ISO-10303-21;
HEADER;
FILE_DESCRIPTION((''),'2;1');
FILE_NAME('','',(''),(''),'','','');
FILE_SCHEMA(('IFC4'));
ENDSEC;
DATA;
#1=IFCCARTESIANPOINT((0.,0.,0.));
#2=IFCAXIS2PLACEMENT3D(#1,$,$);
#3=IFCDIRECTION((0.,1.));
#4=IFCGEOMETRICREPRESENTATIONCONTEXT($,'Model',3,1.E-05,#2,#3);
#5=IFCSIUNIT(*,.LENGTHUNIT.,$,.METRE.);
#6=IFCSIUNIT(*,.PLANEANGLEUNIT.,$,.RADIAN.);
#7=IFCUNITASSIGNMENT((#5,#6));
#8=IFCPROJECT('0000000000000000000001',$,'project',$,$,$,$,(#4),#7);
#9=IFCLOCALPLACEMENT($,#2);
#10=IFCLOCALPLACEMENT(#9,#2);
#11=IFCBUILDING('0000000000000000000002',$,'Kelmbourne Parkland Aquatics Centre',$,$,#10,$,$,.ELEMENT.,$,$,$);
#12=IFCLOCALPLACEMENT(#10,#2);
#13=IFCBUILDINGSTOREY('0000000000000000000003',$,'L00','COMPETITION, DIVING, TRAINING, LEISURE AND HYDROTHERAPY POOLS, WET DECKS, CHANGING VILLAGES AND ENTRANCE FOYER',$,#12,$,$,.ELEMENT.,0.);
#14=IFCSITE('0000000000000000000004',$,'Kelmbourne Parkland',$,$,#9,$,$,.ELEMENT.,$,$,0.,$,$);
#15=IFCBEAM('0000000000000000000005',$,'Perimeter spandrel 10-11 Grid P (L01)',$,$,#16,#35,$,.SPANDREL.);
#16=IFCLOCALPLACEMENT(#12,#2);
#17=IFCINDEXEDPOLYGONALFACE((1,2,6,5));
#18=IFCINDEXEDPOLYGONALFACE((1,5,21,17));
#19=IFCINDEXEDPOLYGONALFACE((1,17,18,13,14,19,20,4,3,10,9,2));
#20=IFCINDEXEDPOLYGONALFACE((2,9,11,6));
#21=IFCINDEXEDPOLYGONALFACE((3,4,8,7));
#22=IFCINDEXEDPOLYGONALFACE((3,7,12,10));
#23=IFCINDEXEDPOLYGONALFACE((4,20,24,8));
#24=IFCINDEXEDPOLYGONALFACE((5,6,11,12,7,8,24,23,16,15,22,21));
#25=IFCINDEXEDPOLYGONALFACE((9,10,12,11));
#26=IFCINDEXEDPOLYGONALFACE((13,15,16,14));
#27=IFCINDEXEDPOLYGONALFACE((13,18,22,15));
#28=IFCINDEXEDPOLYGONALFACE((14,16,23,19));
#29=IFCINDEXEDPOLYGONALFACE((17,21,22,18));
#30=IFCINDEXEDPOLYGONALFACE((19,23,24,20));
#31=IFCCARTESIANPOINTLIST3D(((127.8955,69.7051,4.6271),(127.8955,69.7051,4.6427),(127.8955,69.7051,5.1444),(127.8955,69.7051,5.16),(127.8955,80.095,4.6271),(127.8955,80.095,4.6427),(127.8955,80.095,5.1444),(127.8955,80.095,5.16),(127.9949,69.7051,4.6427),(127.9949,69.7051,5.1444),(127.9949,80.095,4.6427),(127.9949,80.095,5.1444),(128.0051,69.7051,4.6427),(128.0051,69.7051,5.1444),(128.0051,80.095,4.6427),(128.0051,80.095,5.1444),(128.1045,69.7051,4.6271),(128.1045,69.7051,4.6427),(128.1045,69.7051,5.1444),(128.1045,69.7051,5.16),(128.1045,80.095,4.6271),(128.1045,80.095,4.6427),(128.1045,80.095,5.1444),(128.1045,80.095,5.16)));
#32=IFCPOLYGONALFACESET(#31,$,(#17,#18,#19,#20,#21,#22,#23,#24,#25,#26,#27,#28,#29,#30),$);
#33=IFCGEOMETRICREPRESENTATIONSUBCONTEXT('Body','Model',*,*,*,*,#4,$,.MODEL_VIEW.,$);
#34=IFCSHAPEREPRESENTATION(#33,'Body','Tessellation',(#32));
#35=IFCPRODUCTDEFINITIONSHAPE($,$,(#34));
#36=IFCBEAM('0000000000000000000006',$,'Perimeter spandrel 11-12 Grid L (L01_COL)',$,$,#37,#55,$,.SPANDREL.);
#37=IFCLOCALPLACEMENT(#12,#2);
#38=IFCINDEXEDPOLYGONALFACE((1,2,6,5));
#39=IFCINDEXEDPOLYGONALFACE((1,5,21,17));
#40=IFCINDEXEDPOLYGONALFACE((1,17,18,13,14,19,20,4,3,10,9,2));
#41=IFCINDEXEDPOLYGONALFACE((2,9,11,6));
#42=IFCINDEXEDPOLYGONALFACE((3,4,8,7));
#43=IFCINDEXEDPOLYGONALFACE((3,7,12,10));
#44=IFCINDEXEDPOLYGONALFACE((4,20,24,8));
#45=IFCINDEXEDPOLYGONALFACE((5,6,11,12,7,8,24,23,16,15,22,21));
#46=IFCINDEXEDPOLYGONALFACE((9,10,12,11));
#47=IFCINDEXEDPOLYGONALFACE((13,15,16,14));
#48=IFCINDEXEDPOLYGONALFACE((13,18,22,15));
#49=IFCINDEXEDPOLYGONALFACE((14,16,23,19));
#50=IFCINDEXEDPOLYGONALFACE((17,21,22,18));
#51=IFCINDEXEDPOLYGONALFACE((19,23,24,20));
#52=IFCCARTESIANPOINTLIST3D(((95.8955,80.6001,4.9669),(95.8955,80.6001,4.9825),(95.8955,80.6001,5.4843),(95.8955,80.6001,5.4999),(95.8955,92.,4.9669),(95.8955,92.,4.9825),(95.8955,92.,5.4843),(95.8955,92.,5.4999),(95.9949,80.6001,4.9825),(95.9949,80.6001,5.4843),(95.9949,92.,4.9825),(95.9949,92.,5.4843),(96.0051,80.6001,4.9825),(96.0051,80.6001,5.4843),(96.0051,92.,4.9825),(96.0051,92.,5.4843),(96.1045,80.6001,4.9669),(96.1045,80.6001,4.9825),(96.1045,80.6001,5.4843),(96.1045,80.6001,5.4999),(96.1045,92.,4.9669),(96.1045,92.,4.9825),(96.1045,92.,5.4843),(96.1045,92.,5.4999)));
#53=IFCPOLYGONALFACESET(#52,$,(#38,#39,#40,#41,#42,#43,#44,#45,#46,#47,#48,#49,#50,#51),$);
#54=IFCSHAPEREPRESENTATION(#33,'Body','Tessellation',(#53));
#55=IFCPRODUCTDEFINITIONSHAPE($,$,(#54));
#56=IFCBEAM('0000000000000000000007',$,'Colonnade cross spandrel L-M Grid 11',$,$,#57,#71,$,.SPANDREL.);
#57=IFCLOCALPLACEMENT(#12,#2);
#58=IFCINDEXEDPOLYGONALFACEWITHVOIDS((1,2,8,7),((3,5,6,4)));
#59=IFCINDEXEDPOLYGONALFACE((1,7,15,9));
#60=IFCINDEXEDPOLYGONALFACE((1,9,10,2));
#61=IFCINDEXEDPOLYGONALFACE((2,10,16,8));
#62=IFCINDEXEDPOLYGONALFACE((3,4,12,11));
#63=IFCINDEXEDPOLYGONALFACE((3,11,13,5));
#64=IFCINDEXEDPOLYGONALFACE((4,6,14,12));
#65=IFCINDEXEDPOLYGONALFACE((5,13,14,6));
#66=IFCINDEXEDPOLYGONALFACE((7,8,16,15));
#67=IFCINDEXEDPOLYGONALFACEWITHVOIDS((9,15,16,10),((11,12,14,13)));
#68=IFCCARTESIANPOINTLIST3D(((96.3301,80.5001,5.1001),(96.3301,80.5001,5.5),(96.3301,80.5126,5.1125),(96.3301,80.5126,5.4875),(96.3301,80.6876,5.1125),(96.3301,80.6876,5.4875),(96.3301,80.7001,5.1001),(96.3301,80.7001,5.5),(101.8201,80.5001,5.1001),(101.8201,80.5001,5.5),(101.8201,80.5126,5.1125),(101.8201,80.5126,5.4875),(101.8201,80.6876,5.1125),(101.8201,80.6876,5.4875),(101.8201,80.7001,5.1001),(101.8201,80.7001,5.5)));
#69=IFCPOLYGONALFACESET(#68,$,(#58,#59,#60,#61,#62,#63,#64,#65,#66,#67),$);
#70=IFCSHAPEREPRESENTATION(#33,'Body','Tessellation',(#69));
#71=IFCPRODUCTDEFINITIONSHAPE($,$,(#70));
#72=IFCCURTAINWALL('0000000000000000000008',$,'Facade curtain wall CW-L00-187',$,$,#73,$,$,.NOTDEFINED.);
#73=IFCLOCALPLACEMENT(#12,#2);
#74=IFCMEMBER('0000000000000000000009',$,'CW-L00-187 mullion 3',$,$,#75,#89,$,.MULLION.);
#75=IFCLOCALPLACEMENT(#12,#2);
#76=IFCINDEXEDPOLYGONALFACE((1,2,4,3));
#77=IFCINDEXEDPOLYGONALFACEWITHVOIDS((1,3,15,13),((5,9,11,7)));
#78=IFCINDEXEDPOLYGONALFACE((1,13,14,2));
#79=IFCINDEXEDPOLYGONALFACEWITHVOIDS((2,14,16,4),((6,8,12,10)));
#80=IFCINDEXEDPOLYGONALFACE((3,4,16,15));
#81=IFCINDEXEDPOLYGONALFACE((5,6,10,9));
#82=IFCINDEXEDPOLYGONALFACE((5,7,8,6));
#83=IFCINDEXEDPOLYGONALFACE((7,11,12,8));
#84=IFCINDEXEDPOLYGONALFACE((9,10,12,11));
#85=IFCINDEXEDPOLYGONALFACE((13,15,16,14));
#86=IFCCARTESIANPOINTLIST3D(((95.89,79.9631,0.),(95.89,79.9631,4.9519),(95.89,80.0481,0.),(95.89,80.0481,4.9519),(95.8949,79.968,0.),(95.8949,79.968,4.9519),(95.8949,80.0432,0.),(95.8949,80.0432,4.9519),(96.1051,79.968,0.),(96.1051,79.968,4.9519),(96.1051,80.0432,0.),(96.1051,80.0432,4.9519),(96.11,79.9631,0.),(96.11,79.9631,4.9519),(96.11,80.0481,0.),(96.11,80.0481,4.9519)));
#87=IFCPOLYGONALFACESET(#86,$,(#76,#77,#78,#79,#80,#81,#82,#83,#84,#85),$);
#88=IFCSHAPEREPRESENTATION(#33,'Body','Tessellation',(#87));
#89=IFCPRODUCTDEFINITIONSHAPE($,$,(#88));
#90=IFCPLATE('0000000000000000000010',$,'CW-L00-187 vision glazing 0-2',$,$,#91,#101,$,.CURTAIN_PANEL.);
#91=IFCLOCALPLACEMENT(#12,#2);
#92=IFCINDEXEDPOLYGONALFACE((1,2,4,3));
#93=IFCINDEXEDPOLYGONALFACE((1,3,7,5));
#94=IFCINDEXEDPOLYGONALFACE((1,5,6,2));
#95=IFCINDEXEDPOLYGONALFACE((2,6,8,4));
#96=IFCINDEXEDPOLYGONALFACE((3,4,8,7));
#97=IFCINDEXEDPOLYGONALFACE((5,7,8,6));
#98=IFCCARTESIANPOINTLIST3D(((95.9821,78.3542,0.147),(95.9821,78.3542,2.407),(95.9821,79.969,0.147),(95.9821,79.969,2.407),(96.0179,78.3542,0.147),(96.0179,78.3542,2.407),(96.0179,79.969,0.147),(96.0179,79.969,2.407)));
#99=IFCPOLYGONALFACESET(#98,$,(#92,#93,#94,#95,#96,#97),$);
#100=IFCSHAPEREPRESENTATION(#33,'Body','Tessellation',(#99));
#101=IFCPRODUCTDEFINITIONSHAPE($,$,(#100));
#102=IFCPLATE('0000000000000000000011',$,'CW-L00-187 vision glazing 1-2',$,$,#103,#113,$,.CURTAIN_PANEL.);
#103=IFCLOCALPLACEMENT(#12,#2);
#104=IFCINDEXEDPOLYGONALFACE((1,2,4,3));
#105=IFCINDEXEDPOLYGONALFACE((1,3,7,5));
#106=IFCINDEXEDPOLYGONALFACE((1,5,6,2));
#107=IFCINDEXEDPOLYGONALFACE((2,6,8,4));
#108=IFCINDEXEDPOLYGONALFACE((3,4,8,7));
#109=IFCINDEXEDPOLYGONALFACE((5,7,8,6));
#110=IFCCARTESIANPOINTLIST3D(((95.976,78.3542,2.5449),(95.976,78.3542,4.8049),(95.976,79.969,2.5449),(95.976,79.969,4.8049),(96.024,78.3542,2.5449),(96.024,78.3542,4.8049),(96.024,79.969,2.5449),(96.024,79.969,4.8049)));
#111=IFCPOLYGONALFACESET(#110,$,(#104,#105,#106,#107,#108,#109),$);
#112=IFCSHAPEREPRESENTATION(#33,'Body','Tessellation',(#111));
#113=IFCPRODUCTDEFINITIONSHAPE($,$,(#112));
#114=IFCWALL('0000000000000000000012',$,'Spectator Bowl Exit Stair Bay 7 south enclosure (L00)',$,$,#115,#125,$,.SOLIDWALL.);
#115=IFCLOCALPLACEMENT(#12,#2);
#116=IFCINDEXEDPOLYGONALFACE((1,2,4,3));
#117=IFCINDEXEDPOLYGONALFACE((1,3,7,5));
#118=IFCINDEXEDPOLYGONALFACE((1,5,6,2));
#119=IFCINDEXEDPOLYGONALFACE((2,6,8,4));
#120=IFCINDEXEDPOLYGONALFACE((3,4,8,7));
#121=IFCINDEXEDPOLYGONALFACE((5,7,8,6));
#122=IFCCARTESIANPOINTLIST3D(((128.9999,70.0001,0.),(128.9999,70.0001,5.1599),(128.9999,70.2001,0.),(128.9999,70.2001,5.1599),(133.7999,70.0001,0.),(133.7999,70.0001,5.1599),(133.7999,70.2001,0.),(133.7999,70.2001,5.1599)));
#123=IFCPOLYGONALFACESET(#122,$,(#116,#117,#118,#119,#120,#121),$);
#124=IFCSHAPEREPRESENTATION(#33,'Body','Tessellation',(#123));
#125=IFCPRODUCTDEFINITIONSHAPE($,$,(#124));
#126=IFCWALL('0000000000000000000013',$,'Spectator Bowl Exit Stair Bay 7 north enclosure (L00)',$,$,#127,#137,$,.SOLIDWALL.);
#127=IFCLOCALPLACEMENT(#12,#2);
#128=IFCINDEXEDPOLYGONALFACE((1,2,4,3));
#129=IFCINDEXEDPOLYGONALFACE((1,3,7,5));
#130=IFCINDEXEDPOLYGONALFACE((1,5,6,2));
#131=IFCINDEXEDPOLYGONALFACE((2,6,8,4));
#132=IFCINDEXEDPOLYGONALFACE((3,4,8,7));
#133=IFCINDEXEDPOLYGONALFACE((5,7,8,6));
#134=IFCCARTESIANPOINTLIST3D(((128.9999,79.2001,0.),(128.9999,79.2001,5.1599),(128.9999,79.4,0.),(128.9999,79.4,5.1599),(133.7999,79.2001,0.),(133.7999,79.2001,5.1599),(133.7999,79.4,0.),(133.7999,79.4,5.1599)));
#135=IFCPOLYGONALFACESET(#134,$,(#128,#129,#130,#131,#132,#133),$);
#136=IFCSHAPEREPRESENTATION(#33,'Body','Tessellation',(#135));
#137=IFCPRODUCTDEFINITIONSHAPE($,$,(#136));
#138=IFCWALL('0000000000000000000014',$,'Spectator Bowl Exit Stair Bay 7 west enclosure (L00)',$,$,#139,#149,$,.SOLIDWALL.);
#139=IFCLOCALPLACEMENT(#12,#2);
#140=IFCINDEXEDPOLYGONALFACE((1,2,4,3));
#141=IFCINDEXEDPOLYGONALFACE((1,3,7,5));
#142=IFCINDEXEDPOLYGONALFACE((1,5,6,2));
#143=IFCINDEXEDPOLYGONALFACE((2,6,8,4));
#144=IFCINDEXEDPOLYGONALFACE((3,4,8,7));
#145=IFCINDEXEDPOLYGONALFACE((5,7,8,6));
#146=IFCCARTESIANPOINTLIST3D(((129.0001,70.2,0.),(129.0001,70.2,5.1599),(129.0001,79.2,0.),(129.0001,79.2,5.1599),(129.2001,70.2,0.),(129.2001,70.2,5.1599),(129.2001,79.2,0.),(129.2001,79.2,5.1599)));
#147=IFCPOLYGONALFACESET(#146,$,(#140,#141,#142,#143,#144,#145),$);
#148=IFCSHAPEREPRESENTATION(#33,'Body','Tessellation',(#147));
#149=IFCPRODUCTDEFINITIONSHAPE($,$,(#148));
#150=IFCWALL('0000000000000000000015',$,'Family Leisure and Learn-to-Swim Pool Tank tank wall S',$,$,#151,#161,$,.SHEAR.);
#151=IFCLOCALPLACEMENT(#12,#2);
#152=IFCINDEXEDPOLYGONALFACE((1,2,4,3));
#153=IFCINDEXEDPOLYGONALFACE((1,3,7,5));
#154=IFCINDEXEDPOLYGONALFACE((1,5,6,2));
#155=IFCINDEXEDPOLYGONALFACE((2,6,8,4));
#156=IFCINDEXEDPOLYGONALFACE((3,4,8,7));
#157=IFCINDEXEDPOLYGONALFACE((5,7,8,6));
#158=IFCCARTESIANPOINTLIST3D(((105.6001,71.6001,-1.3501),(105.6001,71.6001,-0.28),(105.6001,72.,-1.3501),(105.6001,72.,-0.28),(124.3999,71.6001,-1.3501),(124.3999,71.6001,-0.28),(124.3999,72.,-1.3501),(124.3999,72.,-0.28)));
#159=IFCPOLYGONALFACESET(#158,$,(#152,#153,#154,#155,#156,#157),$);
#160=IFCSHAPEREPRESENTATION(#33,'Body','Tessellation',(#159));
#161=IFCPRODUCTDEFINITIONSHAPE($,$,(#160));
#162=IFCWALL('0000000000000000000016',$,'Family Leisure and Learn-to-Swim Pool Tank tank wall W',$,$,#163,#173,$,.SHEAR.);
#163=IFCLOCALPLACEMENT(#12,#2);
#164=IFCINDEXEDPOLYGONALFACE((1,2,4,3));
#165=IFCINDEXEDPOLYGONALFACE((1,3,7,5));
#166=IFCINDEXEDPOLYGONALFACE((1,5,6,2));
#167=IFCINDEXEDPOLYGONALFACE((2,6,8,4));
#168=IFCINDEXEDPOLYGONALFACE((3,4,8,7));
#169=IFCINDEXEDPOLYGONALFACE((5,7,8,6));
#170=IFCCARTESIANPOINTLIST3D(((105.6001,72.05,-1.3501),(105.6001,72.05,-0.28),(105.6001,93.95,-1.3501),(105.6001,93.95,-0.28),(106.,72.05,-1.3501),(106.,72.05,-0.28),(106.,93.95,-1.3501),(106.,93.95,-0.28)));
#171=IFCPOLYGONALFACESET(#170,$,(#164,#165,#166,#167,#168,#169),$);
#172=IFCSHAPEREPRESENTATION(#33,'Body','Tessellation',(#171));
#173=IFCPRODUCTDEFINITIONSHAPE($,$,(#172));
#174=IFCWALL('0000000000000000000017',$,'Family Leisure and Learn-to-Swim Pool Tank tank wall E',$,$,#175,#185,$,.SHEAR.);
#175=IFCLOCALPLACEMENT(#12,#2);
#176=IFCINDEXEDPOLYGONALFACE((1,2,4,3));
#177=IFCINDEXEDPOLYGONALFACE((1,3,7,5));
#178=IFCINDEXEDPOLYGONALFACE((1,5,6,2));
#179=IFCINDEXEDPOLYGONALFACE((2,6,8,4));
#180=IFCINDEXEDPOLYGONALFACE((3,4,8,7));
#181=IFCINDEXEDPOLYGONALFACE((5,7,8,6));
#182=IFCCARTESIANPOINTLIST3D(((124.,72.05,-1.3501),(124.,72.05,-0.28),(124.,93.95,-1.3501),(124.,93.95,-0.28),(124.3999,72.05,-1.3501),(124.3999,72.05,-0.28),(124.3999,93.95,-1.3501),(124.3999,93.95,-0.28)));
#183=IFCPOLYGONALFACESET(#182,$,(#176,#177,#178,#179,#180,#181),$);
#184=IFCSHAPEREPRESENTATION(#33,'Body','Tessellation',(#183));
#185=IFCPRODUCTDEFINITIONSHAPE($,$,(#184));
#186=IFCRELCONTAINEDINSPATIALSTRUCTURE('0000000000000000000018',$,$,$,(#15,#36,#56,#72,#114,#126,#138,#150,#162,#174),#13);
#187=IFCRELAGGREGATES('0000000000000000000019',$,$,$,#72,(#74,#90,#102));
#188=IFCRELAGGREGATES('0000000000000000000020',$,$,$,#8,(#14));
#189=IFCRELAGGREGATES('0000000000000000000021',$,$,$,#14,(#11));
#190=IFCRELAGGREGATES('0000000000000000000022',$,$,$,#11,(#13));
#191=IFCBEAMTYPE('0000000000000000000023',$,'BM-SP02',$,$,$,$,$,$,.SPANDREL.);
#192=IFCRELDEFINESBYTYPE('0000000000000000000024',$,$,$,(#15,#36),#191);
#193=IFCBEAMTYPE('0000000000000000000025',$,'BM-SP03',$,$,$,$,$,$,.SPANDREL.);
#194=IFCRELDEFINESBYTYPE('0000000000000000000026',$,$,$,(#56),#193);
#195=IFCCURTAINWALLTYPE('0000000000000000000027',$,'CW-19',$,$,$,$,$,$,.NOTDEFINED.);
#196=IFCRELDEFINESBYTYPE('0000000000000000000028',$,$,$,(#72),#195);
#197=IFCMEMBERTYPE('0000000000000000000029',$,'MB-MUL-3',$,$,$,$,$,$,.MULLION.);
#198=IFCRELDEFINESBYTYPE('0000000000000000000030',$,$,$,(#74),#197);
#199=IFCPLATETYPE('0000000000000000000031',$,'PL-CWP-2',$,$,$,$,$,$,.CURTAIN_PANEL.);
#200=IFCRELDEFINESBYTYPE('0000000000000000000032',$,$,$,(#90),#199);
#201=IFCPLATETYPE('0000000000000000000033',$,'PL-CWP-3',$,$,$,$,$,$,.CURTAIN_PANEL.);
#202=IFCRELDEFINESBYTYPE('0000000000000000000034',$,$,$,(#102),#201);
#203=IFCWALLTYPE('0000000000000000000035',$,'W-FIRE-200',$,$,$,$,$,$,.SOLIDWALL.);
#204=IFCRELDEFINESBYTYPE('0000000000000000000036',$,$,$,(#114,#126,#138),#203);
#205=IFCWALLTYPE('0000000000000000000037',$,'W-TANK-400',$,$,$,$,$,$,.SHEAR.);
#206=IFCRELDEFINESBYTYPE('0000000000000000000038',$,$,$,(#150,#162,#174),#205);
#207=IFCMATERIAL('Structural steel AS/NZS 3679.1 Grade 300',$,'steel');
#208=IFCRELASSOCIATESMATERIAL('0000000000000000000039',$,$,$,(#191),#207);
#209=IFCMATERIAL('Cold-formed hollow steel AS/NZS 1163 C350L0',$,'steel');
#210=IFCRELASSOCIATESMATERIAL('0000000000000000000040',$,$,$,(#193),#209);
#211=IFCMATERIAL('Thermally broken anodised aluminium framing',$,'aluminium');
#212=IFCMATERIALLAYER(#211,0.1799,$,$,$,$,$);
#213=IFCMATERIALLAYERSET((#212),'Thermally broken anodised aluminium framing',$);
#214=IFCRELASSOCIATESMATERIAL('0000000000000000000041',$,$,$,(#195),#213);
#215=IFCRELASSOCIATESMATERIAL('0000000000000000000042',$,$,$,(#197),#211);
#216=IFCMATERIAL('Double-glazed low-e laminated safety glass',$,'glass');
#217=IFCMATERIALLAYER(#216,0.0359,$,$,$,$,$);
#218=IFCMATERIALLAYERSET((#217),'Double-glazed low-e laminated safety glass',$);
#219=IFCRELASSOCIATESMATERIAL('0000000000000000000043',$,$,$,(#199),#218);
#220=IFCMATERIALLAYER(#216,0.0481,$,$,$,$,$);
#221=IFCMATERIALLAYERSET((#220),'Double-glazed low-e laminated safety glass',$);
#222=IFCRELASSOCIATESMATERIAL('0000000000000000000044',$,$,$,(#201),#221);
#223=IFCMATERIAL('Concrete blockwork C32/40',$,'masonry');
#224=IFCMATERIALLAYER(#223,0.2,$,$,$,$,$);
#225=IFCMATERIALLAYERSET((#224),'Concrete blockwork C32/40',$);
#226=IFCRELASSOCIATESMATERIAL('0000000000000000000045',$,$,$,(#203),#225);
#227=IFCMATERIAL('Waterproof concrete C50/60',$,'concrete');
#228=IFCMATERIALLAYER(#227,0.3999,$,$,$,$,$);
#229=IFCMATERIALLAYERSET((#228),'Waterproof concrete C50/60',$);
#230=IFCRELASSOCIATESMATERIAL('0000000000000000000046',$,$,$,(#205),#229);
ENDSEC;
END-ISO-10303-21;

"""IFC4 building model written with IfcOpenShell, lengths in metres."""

from ifc_helpers import new_model, si_unit, direction, frame, frame_2d, origin, origin_2d, place, context, subcontext, project, spatial, rectangle, hollow_rectangle, i_section, extrude, material, layer, layer_set, material_profile, profile_set, type_object, element, aggregate, save


model = new_model("IFC4")

# Units and contexts
model_context = context("Model", 3, precision=1e-05, world=origin(), true_north=direction((0.0, 1.0)))
body_context = subcontext(model_context, "Body", "Model", "MODEL_VIEW")
ifc_project = project(units=[si_unit("LENGTHUNIT", "METRE"), si_unit("PLANEANGLEUNIT", "RADIAN")], contexts=[model_context])

# Site, building, storey
site_placement = place(None, origin())
site = spatial("IfcSite", under=ifc_project, at=site_placement, Name="Kelmbourne Parkland", CompositionType="ELEMENT", RefElevation=0.0)
building_placement = place(site_placement, origin())
building = spatial("IfcBuilding", under=site, at=building_placement, Name="Kelmbourne Parkland Aquatics Centre", CompositionType="ELEMENT")
storey_placement = place(building_placement, origin())
storey = spatial("IfcBuildingStorey", under=building, at=storey_placement, Name="L00", Description="COMPETITION, DIVING, TRAINING, LEISURE AND HYDROTHERAPY POOLS, WET DECKS, CHANGING VILLAGES AND ENTRANCE FOYER", CompositionType="ELEMENT", Elevation=0.0)

# Shared definitions
ifc_material_1 = material(Name="Cold-formed hollow steel AS/NZS 1163 C350L0", Category="steel")

# Beams
ifc_material_2 = material(Name="Structural steel AS/NZS 3679.1 Grade 300", Category="steel")
ifc_material_profile_1 = material_profile(ifc_material_2, i_section(OverallWidth=0.209, OverallDepth=0.533, WebThickness=0.0103, FlangeThickness=0.0156, at=origin_2d()), Name="530UB92.4")
ifc_profile_set_1 = profile_set([ifc_material_profile_1], Name="Structural steel AS/NZS 3679.1 Grade 300")
beam_type_1 = type_object("IfcBeamType", Name="BM-SP02", PredefinedType="SPANDREL", material=ifc_profile_set_1)
beam_1_placement = place(storey_placement, frame((128.0, 69.7051, 4.8936), z_axis=(0.0, 1.0, 0.0), x_axis=(-1.0, 0.0, 0.0)))
element("IfcBeam", 1, at=beam_1_placement, inside=storey, type_object=beam_type_1, Name="Perimeter spandrel 10-11 Grid P (L01)", PredefinedType="SPANDREL", context=body_context, shape_type="SweptSolid", body=[
    extrude(i_section(OverallWidth=0.209, OverallDepth=0.533, WebThickness=0.0103, FlangeThickness=0.0156, at=origin_2d()), origin(), (0.0, 0.0, 1.0), 10.3899),
])
beam_2_placement = place(storey_placement, frame((96.0, 80.6001, 5.2334), z_axis=(0.0, 1.0, 0.0), x_axis=(-1.0, 0.0, 0.0)))
element("IfcBeam", 2, at=beam_2_placement, inside=storey, type_object=beam_type_1, Name="Perimeter spandrel 11-12 Grid L (L01_COL)", PredefinedType="SPANDREL", context=body_context, shape_type="SweptSolid", body=[
    extrude(i_section(OverallWidth=0.209, OverallDepth=0.533, WebThickness=0.0103, FlangeThickness=0.0156, at=origin_2d()), origin(), (0.0, 0.0, 1.0), 11.3999),
])
ifc_material_profile_2 = material_profile(ifc_material_1, hollow_rectangle(XDim=0.2, YDim=0.3999, WallThickness=0.0125, at=origin_2d()), Name="RHS 400x200x12.5")
ifc_profile_set_2 = profile_set([ifc_material_profile_2], Name="Cold-formed hollow steel AS/NZS 1163 C350L0")
beam_type_2 = type_object("IfcBeamType", Name="BM-SP03", PredefinedType="SPANDREL", material=ifc_profile_set_2)
beam_3_placement = place(storey_placement, frame((96.3301, 80.6001, 5.3), z_axis=(1.0, 0.0, 0.0), x_axis=(0.0, 1.0, 0.0)))
element("IfcBeam", 3, at=beam_3_placement, inside=storey, type_object=beam_type_2, Name="Colonnade cross spandrel L-M Grid 11", PredefinedType="SPANDREL", context=body_context, shape_type="SweptSolid", body=[
    extrude(hollow_rectangle(XDim=0.2, YDim=0.3999, WallThickness=0.0125, at=origin_2d()), origin(), (0.0, 0.0, 1.0), 5.49),
])

# Curtain wall, member, plates
ifc_material_3 = material(Name="Thermally broken anodised aluminium framing", Category="aluminium")
ifc_layer_1 = layer(ifc_material_3, 0.1799)
ifc_layer_set_1 = layer_set([ifc_layer_1], Name="Thermally broken anodised aluminium framing")
curtain_wall_type = type_object("IfcCurtainWallType", Name="CW-19", PredefinedType="NOTDEFINED", material=ifc_layer_set_1)
curtain_wall_placement = place(storey_placement, origin())
curtain_wall = element("IfcCurtainWall", 4, at=curtain_wall_placement, inside=storey, type_object=curtain_wall_type, Name="Facade curtain wall CW-L00-187", PredefinedType="NOTDEFINED")
ifc_material_profile_3 = material_profile(ifc_material_3, hollow_rectangle(XDim=0.085, YDim=0.22, WallThickness=0.0049, at=origin_2d()), Name="CW-M 85x220")
ifc_profile_set_3 = profile_set([ifc_material_profile_3], Name="Thermally broken anodised aluminium framing")
member_type = type_object("IfcMemberType", Name="MB-MUL-3", PredefinedType="MULLION", material=ifc_profile_set_3)
member_placement = place(storey_placement, frame((96.0, 80.0056, 0.0), z_axis=(0.0, 0.0, 1.0), x_axis=(0.0, 1.0, 0.0)))
member = element("IfcMember", 5, at=member_placement, type_object=member_type, Name="CW-L00-187 mullion 3", PredefinedType="MULLION", context=body_context, shape_type="SweptSolid", body=[
    extrude(hollow_rectangle(XDim=0.085, YDim=0.22, WallThickness=0.0049, at=origin_2d()), origin(), (0.0, 0.0, 1.0), 4.9519),
])
ifc_material_4 = material(Name="Double-glazed low-e laminated safety glass", Category="glass")
ifc_layer_2 = layer(ifc_material_4, 0.0359)
ifc_layer_set_2 = layer_set([ifc_layer_2], Name="Double-glazed low-e laminated safety glass")
plate_type_1 = type_object("IfcPlateType", Name="PL-CWP-2", PredefinedType="CURTAIN_PANEL", material=ifc_layer_set_2)
plate_1_placement = place(storey_placement, frame((96.0, 79.1616, 0.147), z_axis=(0.0, 0.0, 1.0), x_axis=(0.0, 1.0, 0.0)))
plate_1 = element("IfcPlate", 6, at=plate_1_placement, type_object=plate_type_1, Name="CW-L00-187 vision glazing 0-2", PredefinedType="CURTAIN_PANEL", context=body_context, shape_type="SweptSolid", body=[
    extrude(rectangle(XDim=1.6147, YDim=0.0359, at=origin_2d()), origin(), (0.0, 0.0, 1.0), 2.26),
])
ifc_layer_3 = layer(ifc_material_4, 0.0481)
ifc_layer_set_3 = layer_set([ifc_layer_3], Name="Double-glazed low-e laminated safety glass")
plate_type_2 = type_object("IfcPlateType", Name="PL-CWP-3", PredefinedType="CURTAIN_PANEL", material=ifc_layer_set_3)
plate_2_placement = place(storey_placement, frame((96.0, 79.1616, 2.5449), z_axis=(0.0, 0.0, 1.0), x_axis=(0.0, 1.0, 0.0)))
plate_2 = element("IfcPlate", 7, at=plate_2_placement, type_object=plate_type_2, Name="CW-L00-187 vision glazing 1-2", PredefinedType="CURTAIN_PANEL", context=body_context, shape_type="SweptSolid", body=[
    extrude(rectangle(XDim=1.6147, YDim=0.0481, at=origin_2d()), origin(), (0.0, 0.0, 1.0), 2.26),
])
aggregate(curtain_wall, [member, plate_1, plate_2])

# Walls
ifc_material_5 = material(Name="Concrete blockwork C32/40", Category="masonry")
ifc_layer_4 = layer(ifc_material_5, 0.2)
ifc_layer_set_4 = layer_set([ifc_layer_4], Name="Concrete blockwork C32/40")
wall_type_1 = type_object("IfcWallType", Name="W-FIRE-200", PredefinedType="SOLIDWALL", material=ifc_layer_set_4)
for number, where, z_axis, x_axis, name in (
    (8, (129.0, 70.1001, 0.0), (0.0, 0.0, 1.0), (1.0, 0.0, 0.0), "Spectator Bowl Exit Stair Bay 7 south enclosure (L00)"),
    (9, (129.0, 79.3, 0.0), (0.0, 0.0, 1.0), (1.0, 0.0, 0.0), "Spectator Bowl Exit Stair Bay 7 north enclosure (L00)"),
):
    element("IfcWall", number, at=place(storey_placement, frame(where, z_axis=z_axis, x_axis=x_axis)), inside=storey, type_object=wall_type_1, Name=name, PredefinedType="SOLIDWALL", context=body_context, shape_type="SweptSolid", body=[
        extrude(rectangle(XDim=4.8, YDim=0.2, at=frame_2d((2.3999, 0.0))), origin(), (0.0, 0.0, 1.0), 5.1599),
    ])
wall_1_placement = place(storey_placement, frame((129.1001, 70.2, 0.0), z_axis=(0.0, 0.0, 1.0), x_axis=(0.0, 1.0, 0.0)))
element("IfcWall", 10, at=wall_1_placement, inside=storey, type_object=wall_type_1, Name="Spectator Bowl Exit Stair Bay 7 west enclosure (L00)", PredefinedType="SOLIDWALL", context=body_context, shape_type="SweptSolid", body=[
    extrude(rectangle(XDim=9.0, YDim=0.2, at=frame_2d((4.5, 0.0))), origin(), (0.0, 0.0, 1.0), 5.1599),
])
ifc_material_6 = material(Name="Waterproof concrete C50/60", Category="concrete")
ifc_layer_5 = layer(ifc_material_6, 0.3999)
ifc_layer_set_5 = layer_set([ifc_layer_5], Name="Waterproof concrete C50/60")
wall_type_2 = type_object("IfcWallType", Name="W-TANK-400", PredefinedType="SHEAR", material=ifc_layer_set_5)
wall_2_placement = place(storey_placement, frame((105.6001, 71.8, -1.3501), z_axis=(0.0, 0.0, 1.0), x_axis=(1.0, 0.0, 0.0)))
element("IfcWall", 11, at=wall_2_placement, inside=storey, type_object=wall_type_2, Name="Family Leisure and Learn-to-Swim Pool Tank tank wall S", PredefinedType="SHEAR", context=body_context, shape_type="SweptSolid", body=[
    extrude(rectangle(XDim=18.7998, YDim=0.3999, at=frame_2d((9.3999, 0.0))), origin(), (0.0, 0.0, 1.0), 1.0701),
])
for number, where, z_axis, x_axis, name in (
    (12, (105.8, 72.05, -1.3501), (0.0, 0.0, 1.0), (0.0, 1.0, 0.0), "Family Leisure and Learn-to-Swim Pool Tank tank wall W"),
    (13, (124.2, 72.05, -1.3501), (0.0, 0.0, 1.0), (0.0, 1.0, 0.0), "Family Leisure and Learn-to-Swim Pool Tank tank wall E"),
):
    element("IfcWall", number, at=place(storey_placement, frame(where, z_axis=z_axis, x_axis=x_axis)), inside=storey, type_object=wall_type_2, Name=name, PredefinedType="SHEAR", context=body_context, shape_type="SweptSolid", body=[
        extrude(rectangle(XDim=21.8999, YDim=0.3999, at=frame_2d((10.95, 0.0))), origin(), (0.0, 0.0, 1.0), 1.0701),
    ])

save(model, "model.ifc")
